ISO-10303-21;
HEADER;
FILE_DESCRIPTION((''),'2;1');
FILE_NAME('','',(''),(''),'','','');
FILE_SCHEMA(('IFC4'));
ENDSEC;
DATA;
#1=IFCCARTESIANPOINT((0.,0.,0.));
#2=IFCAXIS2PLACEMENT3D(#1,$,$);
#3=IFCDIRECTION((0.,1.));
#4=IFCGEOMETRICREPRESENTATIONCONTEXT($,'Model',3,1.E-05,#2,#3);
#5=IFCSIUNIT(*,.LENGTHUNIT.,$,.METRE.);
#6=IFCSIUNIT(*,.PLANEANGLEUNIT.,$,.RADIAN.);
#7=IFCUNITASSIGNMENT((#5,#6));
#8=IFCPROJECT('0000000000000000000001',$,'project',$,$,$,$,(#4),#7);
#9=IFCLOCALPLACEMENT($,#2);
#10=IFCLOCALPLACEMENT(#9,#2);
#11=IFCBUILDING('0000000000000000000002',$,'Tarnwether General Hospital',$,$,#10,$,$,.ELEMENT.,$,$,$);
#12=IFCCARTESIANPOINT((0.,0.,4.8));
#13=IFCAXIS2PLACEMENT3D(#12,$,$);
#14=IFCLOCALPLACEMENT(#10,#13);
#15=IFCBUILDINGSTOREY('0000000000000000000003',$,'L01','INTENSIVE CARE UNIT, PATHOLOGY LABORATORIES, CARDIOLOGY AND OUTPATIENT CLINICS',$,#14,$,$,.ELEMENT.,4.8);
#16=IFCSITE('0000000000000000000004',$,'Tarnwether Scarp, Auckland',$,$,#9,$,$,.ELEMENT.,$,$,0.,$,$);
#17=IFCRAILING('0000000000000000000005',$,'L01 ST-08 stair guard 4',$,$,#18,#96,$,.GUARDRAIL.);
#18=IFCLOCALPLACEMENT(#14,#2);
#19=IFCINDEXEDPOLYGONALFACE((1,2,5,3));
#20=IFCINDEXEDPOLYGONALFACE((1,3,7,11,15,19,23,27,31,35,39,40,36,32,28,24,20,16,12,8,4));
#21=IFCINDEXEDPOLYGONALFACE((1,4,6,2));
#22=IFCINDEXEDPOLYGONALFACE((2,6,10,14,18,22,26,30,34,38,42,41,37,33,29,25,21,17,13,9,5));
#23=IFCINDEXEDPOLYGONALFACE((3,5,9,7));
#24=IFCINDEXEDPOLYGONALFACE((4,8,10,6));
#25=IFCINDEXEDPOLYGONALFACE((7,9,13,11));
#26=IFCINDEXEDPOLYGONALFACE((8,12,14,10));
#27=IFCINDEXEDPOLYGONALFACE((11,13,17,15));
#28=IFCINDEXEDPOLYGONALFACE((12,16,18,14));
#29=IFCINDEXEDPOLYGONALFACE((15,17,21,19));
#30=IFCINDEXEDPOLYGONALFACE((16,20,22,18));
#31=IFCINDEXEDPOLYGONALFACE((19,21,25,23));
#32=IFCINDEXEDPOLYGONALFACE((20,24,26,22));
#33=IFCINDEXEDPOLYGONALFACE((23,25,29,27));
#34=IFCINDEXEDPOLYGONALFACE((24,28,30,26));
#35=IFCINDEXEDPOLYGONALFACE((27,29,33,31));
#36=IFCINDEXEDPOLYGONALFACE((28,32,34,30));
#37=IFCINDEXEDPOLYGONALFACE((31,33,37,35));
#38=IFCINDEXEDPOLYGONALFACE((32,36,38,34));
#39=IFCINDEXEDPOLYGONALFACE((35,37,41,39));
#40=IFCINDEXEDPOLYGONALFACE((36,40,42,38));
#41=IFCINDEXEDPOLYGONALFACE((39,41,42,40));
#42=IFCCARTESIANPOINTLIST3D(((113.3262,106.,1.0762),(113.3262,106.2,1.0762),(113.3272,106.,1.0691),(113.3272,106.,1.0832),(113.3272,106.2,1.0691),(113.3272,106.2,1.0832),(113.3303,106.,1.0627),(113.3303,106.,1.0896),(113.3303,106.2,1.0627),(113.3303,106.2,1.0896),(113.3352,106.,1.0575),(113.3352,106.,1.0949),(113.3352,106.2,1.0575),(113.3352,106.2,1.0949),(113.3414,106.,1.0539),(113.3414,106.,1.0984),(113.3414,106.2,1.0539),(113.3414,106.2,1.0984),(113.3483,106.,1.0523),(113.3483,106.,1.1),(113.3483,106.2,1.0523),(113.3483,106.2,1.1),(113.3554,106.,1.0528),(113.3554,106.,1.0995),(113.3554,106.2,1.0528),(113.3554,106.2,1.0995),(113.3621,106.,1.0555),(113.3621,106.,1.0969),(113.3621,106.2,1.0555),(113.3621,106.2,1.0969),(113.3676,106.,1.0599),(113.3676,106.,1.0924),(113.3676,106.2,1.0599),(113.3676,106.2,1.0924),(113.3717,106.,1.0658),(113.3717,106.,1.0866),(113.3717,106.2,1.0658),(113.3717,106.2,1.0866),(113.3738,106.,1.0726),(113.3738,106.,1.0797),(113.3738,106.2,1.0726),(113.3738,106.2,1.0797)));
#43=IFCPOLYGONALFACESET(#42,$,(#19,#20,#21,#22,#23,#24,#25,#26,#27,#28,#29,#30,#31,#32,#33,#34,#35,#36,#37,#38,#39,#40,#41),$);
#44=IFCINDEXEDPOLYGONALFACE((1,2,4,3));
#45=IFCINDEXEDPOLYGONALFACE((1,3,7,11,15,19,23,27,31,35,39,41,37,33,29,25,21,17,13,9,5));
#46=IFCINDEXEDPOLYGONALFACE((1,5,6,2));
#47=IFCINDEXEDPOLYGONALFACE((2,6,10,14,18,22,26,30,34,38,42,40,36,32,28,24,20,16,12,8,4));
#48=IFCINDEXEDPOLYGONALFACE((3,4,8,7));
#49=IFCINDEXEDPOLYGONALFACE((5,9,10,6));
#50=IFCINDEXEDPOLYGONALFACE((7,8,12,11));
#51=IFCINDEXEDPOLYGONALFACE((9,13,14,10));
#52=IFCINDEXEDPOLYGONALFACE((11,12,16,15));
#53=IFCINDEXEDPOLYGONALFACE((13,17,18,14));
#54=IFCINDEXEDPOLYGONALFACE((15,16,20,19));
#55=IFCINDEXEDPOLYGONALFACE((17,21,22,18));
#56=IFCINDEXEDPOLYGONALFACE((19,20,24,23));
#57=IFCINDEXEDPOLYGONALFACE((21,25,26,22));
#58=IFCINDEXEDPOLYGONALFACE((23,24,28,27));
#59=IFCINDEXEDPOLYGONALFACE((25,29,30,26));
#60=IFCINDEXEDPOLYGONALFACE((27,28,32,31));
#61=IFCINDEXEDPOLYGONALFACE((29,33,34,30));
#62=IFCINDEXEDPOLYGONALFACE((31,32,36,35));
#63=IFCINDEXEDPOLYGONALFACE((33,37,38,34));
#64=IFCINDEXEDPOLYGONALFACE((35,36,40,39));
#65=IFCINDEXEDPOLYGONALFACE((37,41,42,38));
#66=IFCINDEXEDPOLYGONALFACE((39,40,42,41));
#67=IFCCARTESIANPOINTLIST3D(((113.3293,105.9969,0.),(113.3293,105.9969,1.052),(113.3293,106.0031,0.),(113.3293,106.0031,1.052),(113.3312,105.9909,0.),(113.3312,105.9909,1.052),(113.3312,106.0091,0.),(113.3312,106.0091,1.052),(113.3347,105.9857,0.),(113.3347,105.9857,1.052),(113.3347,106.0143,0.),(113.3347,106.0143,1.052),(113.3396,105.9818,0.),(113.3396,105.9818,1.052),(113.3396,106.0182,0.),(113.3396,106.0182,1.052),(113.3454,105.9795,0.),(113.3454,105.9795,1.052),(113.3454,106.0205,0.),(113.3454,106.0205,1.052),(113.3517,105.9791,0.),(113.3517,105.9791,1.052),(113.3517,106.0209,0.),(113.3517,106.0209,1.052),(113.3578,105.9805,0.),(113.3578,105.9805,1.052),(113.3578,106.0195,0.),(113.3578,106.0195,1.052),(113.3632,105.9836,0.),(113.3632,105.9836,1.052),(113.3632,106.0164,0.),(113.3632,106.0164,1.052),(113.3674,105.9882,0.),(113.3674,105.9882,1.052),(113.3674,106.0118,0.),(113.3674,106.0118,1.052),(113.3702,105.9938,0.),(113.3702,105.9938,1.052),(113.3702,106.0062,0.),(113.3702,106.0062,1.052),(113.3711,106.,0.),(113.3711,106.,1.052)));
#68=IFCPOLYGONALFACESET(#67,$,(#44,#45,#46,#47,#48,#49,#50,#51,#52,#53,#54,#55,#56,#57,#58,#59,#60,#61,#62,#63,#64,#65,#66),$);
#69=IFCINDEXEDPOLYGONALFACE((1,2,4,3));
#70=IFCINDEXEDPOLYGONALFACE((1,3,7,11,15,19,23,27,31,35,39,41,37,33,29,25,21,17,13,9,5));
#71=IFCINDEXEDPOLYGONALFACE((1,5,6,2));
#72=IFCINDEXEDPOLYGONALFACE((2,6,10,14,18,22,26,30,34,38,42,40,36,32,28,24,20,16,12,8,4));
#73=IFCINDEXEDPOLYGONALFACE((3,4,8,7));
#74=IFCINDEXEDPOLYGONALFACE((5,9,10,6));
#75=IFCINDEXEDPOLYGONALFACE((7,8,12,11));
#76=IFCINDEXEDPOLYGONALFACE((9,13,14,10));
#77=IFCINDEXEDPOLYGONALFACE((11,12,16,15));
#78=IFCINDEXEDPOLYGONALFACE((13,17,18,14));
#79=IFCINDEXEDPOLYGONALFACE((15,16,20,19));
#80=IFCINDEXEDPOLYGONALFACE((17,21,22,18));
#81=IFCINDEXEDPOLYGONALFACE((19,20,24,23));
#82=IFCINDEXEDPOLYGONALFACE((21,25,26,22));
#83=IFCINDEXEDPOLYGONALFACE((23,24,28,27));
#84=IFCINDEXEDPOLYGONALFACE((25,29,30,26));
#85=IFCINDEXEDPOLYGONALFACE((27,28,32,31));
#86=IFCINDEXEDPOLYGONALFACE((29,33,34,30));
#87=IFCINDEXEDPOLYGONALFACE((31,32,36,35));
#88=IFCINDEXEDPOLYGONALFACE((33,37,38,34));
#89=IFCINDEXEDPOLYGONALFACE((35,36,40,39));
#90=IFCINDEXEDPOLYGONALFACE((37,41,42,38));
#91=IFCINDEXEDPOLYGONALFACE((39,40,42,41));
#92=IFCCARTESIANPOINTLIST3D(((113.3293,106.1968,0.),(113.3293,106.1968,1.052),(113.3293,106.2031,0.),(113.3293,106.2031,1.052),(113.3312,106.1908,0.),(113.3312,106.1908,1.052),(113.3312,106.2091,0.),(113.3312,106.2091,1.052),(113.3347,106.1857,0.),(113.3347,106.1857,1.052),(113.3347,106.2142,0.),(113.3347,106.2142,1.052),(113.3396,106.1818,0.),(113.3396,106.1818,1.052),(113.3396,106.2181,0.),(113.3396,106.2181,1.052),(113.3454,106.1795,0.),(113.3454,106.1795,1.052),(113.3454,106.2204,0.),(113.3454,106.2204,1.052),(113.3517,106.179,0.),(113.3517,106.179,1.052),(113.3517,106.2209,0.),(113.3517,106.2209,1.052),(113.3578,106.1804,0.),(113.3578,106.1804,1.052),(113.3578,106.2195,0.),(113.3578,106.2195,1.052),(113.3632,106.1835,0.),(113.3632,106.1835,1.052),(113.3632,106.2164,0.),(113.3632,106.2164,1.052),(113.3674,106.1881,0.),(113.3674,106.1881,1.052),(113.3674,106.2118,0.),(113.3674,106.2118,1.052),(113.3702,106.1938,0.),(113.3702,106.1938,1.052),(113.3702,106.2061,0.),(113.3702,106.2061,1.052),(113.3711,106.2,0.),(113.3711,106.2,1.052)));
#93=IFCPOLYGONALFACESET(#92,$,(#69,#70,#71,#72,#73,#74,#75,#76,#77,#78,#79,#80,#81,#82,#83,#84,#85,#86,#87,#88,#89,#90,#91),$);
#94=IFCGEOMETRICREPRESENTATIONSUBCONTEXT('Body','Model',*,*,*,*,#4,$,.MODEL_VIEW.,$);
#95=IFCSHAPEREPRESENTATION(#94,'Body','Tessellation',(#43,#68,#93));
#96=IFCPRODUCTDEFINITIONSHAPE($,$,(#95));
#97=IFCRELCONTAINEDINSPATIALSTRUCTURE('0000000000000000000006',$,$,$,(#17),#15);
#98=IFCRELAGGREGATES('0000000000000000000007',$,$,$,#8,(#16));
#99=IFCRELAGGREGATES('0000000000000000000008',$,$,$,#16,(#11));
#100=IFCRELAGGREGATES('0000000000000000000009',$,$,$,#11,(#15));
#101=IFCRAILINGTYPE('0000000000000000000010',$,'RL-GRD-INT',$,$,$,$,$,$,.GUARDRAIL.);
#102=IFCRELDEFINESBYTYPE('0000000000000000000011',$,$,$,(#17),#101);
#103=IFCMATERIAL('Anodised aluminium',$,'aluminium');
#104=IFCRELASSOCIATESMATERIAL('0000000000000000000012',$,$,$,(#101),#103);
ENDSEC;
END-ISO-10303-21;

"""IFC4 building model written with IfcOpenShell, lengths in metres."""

from ifc_helpers import new_model, si_unit, direction, frame, origin, origin_2d, place, context, subcontext, project, spatial, circle, extrude, material, type_object, element, save


model = new_model("IFC4")

# Units and contexts
model_context = context("Model", 3, precision=1e-05, world=origin(), true_north=direction((0.0, 1.0)))
body_context = subcontext(model_context, "Body", "Model", "MODEL_VIEW")
ifc_project = project(units=[si_unit("LENGTHUNIT", "METRE"), si_unit("PLANEANGLEUNIT", "RADIAN")], contexts=[model_context])

# Site, building, storey
site_placement = place(None, origin())
site = spatial("IfcSite", under=ifc_project, at=site_placement, Name="Tarnwether Scarp, Auckland", CompositionType="ELEMENT", RefElevation=0.0)
building_placement = place(site_placement, origin())
building = spatial("IfcBuilding", under=site, at=building_placement, Name="Tarnwether General Hospital", CompositionType="ELEMENT")
storey_placement = place(building_placement, frame((0.0, 0.0, 4.8)))
storey = spatial("IfcBuildingStorey", under=building, at=storey_placement, Name="L01", Description="INTENSIVE CARE UNIT, PATHOLOGY LABORATORIES, CARDIOLOGY AND OUTPATIENT CLINICS", CompositionType="ELEMENT", Elevation=4.8)

# Railing
ifc_material_1 = material(Name="Anodised aluminium", Category="aluminium")
railing_type_1 = type_object("IfcRailingType", Name="RL-GRD-INT", PredefinedType="GUARDRAIL", material=ifc_material_1)
railing_1_placement = place(storey_placement, frame((113.3501, 106.0, 0.0)))
element("IfcRailing", 1, at=railing_1_placement, inside=storey, type_object=railing_type_1, Name="L01 ST-08 stair guard 4", PredefinedType="GUARDRAIL", context=body_context, shape_type="SweptSolid", body=[
    extrude(circle(Radius=0.0239, at=origin_2d()), frame((0.0, 0.0, 1.0762), z_axis=(0.0, 1.0, 0.0), x_axis=(-1.0, 0.0, 0.0)), (0.0, 0.0, 1.0), 0.2),
    extrude(circle(Radius=0.021, at=origin_2d()), origin(), (0.0, 0.0, 1.0), 1.052),
    extrude(circle(Radius=0.021, at=origin_2d()), frame((0.0, 0.2, 0.0)), (0.0, 0.0, 1.0), 1.052),
])

save(model, "model.ifc")
